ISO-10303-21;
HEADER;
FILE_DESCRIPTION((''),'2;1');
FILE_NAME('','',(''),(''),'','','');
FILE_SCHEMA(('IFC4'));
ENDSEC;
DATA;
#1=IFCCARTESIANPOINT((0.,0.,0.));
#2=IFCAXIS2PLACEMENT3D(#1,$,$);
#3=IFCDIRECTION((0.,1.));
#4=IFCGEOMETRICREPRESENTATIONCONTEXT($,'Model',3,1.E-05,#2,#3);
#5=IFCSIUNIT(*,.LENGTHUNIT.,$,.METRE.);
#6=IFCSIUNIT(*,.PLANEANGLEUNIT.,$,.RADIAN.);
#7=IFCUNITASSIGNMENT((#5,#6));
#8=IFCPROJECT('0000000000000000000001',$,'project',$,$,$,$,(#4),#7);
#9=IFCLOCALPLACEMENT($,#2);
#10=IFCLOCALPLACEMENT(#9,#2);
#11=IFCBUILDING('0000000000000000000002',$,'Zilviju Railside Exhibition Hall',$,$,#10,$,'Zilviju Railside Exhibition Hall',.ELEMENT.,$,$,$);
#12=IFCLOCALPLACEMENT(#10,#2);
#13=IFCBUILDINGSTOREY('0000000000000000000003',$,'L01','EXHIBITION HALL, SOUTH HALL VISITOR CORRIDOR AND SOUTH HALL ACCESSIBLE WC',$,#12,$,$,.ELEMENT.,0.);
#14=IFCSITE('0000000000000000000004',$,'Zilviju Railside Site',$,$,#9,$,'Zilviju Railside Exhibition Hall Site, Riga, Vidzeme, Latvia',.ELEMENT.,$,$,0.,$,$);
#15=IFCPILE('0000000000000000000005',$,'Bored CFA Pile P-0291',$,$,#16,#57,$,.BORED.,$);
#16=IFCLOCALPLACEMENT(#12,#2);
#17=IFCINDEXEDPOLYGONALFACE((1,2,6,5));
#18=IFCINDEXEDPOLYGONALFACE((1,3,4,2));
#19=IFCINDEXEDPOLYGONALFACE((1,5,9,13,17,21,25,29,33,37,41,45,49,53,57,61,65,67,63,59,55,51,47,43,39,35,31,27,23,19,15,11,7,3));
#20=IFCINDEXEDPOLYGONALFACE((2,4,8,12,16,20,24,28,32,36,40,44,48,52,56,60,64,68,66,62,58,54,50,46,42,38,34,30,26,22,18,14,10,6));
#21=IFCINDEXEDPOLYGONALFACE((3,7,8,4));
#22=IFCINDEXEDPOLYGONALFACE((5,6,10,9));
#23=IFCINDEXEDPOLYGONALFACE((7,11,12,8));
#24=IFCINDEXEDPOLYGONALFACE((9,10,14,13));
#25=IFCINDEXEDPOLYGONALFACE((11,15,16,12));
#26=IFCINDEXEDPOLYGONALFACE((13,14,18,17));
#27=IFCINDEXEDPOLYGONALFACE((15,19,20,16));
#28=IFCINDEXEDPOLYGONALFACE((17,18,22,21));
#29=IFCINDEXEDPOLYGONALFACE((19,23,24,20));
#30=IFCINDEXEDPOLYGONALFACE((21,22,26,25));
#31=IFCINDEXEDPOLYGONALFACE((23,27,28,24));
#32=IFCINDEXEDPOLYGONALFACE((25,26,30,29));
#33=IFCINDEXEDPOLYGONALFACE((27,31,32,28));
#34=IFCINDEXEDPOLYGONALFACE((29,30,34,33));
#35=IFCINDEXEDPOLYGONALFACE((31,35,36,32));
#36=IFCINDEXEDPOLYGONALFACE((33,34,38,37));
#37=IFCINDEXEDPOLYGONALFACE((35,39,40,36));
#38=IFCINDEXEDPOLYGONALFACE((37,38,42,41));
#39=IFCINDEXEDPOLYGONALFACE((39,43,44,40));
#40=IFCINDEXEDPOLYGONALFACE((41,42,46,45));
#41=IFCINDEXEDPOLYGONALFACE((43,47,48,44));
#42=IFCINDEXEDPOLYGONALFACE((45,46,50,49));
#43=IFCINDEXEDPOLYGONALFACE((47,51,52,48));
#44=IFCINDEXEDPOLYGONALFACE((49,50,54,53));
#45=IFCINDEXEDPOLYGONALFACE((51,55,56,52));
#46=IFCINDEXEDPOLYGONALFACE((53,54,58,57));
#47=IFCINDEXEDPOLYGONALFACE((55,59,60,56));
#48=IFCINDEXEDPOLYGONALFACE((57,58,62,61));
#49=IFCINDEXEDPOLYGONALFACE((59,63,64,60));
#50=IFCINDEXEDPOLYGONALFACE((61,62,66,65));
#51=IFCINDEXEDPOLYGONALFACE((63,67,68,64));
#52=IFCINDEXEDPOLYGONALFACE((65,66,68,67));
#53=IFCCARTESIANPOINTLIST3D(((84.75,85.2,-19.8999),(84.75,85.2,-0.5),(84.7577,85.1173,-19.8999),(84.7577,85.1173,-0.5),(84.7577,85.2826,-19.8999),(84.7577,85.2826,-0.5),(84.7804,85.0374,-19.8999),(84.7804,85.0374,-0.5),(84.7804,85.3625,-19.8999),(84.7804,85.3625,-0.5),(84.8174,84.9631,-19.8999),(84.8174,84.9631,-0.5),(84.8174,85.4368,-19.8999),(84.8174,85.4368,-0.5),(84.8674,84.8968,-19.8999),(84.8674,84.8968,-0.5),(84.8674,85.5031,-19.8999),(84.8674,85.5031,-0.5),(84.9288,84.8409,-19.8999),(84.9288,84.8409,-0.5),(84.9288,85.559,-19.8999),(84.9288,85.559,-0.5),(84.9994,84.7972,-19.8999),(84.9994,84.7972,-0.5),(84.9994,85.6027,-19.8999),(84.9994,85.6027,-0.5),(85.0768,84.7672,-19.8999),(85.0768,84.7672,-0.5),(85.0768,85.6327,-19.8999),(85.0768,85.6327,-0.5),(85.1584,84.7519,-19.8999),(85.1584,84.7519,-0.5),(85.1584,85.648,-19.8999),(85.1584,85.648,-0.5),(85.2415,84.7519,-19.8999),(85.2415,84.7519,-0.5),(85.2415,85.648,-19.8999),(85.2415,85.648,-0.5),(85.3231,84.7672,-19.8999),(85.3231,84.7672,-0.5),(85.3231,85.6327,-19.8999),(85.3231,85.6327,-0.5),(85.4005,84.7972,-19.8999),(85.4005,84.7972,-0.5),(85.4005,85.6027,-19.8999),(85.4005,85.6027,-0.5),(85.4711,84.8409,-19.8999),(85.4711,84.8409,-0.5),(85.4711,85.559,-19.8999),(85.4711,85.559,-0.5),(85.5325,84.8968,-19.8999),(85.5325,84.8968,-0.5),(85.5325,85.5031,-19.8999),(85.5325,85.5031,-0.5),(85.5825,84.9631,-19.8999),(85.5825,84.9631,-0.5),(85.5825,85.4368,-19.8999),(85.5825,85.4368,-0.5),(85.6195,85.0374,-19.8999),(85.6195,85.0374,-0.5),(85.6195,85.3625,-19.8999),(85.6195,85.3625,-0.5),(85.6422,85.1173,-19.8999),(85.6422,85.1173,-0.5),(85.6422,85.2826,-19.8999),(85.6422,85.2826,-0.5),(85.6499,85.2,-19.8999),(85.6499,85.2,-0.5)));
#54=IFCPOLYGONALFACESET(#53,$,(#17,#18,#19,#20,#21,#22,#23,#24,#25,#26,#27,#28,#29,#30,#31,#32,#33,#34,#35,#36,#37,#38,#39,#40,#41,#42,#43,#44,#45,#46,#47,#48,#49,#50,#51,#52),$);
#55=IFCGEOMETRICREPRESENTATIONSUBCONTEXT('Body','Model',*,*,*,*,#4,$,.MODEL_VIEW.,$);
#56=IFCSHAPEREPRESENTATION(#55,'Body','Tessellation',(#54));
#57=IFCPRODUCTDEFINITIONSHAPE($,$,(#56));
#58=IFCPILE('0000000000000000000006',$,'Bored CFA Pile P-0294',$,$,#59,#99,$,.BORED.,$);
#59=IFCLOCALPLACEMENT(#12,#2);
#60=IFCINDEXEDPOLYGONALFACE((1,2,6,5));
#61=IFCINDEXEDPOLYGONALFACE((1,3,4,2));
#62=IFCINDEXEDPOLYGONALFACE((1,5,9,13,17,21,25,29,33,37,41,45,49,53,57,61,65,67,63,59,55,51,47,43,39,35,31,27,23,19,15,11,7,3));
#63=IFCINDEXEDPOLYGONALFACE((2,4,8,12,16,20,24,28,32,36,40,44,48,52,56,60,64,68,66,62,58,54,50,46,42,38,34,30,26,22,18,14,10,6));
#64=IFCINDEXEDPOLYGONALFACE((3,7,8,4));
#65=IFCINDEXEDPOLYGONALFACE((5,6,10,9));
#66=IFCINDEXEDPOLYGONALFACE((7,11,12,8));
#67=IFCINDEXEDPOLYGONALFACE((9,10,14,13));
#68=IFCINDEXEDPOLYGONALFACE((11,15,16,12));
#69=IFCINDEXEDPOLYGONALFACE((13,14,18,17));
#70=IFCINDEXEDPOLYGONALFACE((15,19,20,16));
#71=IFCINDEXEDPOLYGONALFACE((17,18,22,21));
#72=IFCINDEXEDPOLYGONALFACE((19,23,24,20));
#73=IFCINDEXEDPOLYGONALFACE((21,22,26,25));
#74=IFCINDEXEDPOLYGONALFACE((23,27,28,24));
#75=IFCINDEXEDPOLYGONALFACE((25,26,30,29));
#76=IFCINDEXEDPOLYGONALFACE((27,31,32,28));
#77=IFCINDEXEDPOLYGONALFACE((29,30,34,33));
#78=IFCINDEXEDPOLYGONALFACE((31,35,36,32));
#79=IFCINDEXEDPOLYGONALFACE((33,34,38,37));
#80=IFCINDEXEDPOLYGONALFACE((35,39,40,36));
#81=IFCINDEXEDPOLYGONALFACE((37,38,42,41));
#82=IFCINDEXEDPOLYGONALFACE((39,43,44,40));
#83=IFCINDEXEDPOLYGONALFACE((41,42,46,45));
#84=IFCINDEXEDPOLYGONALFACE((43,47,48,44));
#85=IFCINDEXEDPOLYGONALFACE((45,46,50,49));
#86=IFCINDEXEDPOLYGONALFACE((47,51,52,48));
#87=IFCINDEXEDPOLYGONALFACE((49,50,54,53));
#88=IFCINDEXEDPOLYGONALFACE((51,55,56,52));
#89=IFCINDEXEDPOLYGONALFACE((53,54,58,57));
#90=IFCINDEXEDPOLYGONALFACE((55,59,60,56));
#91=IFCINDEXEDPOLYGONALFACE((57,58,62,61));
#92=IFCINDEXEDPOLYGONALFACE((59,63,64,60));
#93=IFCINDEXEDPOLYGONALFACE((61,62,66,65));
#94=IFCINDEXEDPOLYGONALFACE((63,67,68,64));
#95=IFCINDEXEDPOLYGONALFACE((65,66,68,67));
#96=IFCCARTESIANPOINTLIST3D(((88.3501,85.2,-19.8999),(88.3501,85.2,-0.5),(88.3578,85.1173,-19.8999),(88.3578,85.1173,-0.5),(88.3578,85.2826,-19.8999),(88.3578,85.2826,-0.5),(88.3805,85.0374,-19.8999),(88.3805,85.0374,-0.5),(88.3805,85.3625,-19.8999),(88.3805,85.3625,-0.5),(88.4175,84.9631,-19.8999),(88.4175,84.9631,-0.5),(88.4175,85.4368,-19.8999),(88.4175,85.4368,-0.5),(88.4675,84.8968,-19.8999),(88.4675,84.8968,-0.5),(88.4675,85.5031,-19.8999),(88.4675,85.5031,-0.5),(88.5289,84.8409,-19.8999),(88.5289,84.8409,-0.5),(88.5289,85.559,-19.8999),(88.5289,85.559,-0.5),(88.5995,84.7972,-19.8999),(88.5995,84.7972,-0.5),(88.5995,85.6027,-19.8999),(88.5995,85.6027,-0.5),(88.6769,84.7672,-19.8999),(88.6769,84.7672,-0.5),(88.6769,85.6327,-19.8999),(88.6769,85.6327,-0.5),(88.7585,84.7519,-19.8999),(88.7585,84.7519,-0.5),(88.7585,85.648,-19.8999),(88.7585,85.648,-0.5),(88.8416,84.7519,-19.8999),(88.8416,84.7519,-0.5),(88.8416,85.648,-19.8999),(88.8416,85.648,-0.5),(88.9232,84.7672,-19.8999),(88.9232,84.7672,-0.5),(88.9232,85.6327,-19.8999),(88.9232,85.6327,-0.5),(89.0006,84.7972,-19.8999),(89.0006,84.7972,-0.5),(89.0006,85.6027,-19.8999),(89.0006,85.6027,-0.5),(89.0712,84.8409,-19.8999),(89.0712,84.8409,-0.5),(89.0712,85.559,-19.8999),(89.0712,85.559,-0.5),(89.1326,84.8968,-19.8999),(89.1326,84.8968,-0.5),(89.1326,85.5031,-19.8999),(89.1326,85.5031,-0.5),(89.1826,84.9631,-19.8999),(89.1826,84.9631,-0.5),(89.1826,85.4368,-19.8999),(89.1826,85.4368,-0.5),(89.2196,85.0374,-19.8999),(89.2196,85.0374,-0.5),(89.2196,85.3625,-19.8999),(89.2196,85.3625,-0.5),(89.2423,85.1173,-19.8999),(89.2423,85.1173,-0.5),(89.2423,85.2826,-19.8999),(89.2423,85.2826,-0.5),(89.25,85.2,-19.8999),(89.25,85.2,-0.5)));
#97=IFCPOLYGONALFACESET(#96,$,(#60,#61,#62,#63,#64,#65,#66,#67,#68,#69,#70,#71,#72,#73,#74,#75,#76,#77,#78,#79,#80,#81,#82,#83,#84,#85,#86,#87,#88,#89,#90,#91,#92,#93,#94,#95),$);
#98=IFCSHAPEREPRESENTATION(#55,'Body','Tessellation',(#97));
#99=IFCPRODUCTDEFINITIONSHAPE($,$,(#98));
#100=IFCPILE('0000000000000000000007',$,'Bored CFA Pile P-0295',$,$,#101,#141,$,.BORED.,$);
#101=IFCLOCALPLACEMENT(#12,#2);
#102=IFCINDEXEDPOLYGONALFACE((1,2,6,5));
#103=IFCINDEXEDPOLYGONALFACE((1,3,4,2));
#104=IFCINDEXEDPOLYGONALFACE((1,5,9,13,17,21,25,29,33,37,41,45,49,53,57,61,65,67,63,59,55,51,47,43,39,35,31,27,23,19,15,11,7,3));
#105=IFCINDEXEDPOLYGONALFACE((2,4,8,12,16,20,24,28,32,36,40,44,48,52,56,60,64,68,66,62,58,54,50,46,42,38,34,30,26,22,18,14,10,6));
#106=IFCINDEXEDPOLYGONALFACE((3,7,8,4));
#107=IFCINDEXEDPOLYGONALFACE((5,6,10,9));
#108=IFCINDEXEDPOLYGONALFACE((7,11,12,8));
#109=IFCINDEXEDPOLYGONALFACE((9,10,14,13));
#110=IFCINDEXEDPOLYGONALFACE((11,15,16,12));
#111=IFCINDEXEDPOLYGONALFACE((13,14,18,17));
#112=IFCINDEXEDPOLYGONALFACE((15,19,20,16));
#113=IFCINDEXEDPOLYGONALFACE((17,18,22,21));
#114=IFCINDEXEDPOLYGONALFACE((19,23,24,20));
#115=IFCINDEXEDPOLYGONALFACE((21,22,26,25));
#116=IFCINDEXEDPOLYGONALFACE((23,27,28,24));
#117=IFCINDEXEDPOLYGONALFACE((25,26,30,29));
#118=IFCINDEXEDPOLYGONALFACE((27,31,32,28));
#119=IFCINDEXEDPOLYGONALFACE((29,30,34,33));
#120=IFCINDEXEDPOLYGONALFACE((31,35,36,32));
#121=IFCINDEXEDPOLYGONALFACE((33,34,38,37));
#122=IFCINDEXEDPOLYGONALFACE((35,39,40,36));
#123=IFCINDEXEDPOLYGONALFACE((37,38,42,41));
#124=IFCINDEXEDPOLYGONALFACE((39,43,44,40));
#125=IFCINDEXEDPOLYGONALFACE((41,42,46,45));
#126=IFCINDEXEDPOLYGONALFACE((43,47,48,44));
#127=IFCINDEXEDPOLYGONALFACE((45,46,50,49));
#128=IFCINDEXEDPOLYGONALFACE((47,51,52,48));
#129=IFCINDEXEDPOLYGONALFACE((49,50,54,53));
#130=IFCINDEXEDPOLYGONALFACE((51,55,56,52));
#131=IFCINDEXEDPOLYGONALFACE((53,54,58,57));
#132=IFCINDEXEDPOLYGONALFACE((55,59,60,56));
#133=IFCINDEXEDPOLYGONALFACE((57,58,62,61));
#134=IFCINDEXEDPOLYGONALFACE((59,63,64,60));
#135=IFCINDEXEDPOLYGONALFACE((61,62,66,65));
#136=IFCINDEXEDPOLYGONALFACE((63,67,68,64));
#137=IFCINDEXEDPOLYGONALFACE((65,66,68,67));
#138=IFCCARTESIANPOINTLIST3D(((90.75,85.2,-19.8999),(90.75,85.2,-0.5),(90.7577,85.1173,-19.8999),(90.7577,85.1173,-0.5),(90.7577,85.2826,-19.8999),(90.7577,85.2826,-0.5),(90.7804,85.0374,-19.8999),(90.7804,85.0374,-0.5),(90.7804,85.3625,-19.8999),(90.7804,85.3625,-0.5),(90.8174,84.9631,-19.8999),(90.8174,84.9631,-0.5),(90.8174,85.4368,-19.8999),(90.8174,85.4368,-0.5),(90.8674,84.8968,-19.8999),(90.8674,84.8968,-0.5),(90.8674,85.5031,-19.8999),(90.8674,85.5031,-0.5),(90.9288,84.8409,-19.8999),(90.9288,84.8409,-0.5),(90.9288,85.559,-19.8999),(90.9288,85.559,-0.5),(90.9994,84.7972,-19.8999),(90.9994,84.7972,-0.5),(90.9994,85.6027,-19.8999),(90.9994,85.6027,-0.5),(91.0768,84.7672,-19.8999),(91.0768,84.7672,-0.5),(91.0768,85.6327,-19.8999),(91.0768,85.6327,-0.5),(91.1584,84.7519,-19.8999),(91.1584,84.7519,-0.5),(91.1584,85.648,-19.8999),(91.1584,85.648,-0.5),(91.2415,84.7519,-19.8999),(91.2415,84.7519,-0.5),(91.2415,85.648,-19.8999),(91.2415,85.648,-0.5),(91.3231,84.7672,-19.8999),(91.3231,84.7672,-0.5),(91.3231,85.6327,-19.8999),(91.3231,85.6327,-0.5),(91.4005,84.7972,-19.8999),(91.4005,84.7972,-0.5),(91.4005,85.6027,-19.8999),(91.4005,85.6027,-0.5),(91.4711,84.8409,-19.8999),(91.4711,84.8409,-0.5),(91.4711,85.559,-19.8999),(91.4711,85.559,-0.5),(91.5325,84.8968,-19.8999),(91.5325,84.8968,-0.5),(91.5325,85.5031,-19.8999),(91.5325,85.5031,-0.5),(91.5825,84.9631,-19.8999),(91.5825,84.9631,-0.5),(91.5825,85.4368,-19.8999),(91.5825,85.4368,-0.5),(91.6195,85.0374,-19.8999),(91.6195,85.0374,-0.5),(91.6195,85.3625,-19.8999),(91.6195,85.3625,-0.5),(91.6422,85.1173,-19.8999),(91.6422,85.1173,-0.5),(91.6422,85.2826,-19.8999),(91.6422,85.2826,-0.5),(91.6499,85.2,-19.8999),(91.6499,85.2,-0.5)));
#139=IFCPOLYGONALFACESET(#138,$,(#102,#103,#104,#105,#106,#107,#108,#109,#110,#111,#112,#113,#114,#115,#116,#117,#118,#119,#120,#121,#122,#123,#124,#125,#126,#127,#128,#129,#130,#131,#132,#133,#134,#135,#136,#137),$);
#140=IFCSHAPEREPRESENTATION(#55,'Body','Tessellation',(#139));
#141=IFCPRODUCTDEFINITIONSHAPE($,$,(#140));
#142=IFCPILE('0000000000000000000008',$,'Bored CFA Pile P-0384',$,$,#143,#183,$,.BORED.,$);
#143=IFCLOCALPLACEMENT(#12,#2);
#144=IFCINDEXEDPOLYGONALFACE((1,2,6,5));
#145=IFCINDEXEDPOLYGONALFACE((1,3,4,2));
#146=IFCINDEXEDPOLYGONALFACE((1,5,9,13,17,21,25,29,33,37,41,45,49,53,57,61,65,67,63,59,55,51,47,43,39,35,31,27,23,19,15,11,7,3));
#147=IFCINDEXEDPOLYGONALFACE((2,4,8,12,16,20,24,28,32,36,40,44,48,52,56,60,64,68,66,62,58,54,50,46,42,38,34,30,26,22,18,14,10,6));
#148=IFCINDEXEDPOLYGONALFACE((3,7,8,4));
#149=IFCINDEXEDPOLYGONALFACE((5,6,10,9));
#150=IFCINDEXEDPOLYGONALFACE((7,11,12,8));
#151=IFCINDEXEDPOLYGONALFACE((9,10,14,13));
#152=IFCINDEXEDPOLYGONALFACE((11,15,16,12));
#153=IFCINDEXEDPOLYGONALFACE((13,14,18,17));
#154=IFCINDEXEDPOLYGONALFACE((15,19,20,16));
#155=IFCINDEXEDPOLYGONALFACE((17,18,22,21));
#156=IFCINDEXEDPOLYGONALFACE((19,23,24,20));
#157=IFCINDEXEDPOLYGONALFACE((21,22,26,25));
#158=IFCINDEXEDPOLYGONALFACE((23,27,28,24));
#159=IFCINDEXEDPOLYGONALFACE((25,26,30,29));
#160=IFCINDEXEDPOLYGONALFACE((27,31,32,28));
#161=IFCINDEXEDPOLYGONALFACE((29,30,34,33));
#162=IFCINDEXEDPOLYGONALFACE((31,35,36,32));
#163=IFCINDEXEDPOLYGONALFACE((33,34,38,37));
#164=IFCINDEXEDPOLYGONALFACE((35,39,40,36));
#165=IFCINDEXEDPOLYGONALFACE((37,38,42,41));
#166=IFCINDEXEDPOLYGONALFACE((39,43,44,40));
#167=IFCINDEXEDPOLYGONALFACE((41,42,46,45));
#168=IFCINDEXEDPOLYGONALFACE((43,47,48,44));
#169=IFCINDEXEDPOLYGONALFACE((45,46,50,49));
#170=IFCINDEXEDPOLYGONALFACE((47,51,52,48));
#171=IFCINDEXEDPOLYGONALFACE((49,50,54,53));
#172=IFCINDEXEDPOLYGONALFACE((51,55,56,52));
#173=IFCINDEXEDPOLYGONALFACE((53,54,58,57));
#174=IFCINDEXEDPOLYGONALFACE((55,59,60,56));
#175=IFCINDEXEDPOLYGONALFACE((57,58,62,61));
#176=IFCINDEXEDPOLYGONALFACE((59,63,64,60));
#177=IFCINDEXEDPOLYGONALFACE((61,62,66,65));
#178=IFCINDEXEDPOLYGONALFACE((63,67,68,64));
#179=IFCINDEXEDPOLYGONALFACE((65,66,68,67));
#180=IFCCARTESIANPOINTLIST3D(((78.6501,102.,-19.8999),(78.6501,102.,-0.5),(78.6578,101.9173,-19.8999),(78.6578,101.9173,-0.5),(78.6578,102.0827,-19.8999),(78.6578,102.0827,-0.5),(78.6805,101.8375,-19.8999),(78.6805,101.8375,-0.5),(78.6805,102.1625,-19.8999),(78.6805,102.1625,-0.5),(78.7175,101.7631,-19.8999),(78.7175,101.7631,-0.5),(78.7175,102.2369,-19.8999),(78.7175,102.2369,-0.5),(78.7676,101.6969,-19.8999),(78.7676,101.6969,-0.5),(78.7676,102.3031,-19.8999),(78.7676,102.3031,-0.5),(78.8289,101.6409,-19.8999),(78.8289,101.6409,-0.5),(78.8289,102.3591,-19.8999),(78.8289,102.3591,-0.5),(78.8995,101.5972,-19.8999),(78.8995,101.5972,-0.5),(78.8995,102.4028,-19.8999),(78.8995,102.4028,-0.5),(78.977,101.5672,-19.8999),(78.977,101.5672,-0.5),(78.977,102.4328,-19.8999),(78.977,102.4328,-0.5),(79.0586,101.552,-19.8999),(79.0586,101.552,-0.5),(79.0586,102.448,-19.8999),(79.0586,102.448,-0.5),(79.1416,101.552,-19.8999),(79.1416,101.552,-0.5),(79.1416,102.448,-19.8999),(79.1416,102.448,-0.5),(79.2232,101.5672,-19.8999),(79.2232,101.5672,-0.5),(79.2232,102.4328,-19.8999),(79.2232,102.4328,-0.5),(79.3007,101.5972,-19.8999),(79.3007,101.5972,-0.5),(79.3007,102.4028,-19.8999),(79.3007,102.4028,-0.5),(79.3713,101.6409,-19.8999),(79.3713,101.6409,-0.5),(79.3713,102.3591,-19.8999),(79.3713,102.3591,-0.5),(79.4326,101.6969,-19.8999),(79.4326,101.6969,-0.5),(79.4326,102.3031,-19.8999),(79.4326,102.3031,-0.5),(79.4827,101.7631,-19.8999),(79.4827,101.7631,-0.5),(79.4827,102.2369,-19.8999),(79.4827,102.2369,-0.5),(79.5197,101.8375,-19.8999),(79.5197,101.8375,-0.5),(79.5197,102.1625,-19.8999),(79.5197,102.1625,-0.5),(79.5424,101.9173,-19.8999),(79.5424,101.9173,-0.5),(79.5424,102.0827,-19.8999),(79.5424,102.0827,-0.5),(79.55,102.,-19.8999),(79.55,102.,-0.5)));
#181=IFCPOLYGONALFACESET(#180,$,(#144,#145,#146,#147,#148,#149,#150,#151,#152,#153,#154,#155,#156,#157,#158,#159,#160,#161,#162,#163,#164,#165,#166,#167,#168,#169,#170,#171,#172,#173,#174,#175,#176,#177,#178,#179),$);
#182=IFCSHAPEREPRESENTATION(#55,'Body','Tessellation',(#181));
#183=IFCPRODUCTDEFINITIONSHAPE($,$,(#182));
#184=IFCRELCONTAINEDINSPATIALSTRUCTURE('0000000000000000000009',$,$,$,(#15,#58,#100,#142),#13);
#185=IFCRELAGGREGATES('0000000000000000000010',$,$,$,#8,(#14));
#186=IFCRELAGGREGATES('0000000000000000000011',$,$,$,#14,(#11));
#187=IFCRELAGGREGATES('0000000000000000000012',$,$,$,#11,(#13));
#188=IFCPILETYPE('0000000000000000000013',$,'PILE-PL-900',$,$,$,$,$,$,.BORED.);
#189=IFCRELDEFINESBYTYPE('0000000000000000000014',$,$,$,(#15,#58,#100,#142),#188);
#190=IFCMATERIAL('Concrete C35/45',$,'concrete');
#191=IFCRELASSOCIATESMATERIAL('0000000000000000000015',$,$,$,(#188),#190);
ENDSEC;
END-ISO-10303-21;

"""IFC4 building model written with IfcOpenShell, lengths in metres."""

from ifc_helpers import new_model, si_unit, direction, frame, origin, origin_2d, place, context, subcontext, project, spatial, circle, extrude, material, material_profile, profile_set, type_object, element, save


model = new_model("IFC4")

# Units and contexts
model_context = context("Model", 3, precision=1e-05, world=origin(), true_north=direction((0.0, 1.0)))
body_context = subcontext(model_context, "Body", "Model", "MODEL_VIEW")
ifc_project = project(units=[si_unit("LENGTHUNIT", "METRE"), si_unit("PLANEANGLEUNIT", "RADIAN")], contexts=[model_context])

# Site, building, storey
site_placement = place(None, origin())
site = spatial("IfcSite", under=ifc_project, at=site_placement, Name="Zilviju Railside Site", LongName="Zilviju Railside Exhibition Hall Site, Riga, Vidzeme, Latvia", CompositionType="ELEMENT", RefElevation=0.0)
building_placement = place(site_placement, origin())
building = spatial("IfcBuilding", under=site, at=building_placement, Name="Zilviju Railside Exhibition Hall", LongName="Zilviju Railside Exhibition Hall", CompositionType="ELEMENT")
storey_placement = place(building_placement, origin())
storey = spatial("IfcBuildingStorey", under=building, at=storey_placement, Name="L01", Description="EXHIBITION HALL, SOUTH HALL VISITOR CORRIDOR AND SOUTH HALL ACCESSIBLE WC", CompositionType="ELEMENT", Elevation=0.0)

# Shared definitions
ifc_material_1 = material(Name="Concrete C35/45", Category="concrete")

# Piles
ifc_material_profile_1 = material_profile(ifc_material_1, circle(Radius=0.45, at=origin_2d()), Name="CFA PILE D900")
ifc_profile_set_1 = profile_set([ifc_material_profile_1], Name="Concrete C35/45")
pile_type = type_object("IfcPileType", Name="PILE-PL-900", PredefinedType="BORED", material=ifc_profile_set_1)
for number, where, z_axis, x_axis, name in (
    (1, (85.2, 85.2, -0.5), (0.0, 0.0, -1.0), (1.0, 0.0, 0.0), "Bored CFA Pile P-0291"),
    (2, (88.8, 85.2, -0.5), (0.0, 0.0, -1.0), (1.0, 0.0, 0.0), "Bored CFA Pile P-0294"),
    (3, (91.2, 85.2, -0.5), (0.0, 0.0, -1.0), (1.0, 0.0, 0.0), "Bored CFA Pile P-0295"),
    (4, (79.1001, 102.0, -0.5), (0.0, 0.0, -1.0), (1.0, 0.0, 0.0), "Bored CFA Pile P-0384"),
):
    element("IfcPile", number, at=place(storey_placement, frame(where, z_axis=z_axis, x_axis=x_axis)), inside=storey, type_object=pile_type, Name=name, PredefinedType="BORED", context=body_context, shape_type="SweptSolid", body=[
        extrude(circle(Radius=0.45, at=origin_2d()), origin(), (0.0, 0.0, 1.0), 19.3999),
    ])

save(model, "model.ifc")
